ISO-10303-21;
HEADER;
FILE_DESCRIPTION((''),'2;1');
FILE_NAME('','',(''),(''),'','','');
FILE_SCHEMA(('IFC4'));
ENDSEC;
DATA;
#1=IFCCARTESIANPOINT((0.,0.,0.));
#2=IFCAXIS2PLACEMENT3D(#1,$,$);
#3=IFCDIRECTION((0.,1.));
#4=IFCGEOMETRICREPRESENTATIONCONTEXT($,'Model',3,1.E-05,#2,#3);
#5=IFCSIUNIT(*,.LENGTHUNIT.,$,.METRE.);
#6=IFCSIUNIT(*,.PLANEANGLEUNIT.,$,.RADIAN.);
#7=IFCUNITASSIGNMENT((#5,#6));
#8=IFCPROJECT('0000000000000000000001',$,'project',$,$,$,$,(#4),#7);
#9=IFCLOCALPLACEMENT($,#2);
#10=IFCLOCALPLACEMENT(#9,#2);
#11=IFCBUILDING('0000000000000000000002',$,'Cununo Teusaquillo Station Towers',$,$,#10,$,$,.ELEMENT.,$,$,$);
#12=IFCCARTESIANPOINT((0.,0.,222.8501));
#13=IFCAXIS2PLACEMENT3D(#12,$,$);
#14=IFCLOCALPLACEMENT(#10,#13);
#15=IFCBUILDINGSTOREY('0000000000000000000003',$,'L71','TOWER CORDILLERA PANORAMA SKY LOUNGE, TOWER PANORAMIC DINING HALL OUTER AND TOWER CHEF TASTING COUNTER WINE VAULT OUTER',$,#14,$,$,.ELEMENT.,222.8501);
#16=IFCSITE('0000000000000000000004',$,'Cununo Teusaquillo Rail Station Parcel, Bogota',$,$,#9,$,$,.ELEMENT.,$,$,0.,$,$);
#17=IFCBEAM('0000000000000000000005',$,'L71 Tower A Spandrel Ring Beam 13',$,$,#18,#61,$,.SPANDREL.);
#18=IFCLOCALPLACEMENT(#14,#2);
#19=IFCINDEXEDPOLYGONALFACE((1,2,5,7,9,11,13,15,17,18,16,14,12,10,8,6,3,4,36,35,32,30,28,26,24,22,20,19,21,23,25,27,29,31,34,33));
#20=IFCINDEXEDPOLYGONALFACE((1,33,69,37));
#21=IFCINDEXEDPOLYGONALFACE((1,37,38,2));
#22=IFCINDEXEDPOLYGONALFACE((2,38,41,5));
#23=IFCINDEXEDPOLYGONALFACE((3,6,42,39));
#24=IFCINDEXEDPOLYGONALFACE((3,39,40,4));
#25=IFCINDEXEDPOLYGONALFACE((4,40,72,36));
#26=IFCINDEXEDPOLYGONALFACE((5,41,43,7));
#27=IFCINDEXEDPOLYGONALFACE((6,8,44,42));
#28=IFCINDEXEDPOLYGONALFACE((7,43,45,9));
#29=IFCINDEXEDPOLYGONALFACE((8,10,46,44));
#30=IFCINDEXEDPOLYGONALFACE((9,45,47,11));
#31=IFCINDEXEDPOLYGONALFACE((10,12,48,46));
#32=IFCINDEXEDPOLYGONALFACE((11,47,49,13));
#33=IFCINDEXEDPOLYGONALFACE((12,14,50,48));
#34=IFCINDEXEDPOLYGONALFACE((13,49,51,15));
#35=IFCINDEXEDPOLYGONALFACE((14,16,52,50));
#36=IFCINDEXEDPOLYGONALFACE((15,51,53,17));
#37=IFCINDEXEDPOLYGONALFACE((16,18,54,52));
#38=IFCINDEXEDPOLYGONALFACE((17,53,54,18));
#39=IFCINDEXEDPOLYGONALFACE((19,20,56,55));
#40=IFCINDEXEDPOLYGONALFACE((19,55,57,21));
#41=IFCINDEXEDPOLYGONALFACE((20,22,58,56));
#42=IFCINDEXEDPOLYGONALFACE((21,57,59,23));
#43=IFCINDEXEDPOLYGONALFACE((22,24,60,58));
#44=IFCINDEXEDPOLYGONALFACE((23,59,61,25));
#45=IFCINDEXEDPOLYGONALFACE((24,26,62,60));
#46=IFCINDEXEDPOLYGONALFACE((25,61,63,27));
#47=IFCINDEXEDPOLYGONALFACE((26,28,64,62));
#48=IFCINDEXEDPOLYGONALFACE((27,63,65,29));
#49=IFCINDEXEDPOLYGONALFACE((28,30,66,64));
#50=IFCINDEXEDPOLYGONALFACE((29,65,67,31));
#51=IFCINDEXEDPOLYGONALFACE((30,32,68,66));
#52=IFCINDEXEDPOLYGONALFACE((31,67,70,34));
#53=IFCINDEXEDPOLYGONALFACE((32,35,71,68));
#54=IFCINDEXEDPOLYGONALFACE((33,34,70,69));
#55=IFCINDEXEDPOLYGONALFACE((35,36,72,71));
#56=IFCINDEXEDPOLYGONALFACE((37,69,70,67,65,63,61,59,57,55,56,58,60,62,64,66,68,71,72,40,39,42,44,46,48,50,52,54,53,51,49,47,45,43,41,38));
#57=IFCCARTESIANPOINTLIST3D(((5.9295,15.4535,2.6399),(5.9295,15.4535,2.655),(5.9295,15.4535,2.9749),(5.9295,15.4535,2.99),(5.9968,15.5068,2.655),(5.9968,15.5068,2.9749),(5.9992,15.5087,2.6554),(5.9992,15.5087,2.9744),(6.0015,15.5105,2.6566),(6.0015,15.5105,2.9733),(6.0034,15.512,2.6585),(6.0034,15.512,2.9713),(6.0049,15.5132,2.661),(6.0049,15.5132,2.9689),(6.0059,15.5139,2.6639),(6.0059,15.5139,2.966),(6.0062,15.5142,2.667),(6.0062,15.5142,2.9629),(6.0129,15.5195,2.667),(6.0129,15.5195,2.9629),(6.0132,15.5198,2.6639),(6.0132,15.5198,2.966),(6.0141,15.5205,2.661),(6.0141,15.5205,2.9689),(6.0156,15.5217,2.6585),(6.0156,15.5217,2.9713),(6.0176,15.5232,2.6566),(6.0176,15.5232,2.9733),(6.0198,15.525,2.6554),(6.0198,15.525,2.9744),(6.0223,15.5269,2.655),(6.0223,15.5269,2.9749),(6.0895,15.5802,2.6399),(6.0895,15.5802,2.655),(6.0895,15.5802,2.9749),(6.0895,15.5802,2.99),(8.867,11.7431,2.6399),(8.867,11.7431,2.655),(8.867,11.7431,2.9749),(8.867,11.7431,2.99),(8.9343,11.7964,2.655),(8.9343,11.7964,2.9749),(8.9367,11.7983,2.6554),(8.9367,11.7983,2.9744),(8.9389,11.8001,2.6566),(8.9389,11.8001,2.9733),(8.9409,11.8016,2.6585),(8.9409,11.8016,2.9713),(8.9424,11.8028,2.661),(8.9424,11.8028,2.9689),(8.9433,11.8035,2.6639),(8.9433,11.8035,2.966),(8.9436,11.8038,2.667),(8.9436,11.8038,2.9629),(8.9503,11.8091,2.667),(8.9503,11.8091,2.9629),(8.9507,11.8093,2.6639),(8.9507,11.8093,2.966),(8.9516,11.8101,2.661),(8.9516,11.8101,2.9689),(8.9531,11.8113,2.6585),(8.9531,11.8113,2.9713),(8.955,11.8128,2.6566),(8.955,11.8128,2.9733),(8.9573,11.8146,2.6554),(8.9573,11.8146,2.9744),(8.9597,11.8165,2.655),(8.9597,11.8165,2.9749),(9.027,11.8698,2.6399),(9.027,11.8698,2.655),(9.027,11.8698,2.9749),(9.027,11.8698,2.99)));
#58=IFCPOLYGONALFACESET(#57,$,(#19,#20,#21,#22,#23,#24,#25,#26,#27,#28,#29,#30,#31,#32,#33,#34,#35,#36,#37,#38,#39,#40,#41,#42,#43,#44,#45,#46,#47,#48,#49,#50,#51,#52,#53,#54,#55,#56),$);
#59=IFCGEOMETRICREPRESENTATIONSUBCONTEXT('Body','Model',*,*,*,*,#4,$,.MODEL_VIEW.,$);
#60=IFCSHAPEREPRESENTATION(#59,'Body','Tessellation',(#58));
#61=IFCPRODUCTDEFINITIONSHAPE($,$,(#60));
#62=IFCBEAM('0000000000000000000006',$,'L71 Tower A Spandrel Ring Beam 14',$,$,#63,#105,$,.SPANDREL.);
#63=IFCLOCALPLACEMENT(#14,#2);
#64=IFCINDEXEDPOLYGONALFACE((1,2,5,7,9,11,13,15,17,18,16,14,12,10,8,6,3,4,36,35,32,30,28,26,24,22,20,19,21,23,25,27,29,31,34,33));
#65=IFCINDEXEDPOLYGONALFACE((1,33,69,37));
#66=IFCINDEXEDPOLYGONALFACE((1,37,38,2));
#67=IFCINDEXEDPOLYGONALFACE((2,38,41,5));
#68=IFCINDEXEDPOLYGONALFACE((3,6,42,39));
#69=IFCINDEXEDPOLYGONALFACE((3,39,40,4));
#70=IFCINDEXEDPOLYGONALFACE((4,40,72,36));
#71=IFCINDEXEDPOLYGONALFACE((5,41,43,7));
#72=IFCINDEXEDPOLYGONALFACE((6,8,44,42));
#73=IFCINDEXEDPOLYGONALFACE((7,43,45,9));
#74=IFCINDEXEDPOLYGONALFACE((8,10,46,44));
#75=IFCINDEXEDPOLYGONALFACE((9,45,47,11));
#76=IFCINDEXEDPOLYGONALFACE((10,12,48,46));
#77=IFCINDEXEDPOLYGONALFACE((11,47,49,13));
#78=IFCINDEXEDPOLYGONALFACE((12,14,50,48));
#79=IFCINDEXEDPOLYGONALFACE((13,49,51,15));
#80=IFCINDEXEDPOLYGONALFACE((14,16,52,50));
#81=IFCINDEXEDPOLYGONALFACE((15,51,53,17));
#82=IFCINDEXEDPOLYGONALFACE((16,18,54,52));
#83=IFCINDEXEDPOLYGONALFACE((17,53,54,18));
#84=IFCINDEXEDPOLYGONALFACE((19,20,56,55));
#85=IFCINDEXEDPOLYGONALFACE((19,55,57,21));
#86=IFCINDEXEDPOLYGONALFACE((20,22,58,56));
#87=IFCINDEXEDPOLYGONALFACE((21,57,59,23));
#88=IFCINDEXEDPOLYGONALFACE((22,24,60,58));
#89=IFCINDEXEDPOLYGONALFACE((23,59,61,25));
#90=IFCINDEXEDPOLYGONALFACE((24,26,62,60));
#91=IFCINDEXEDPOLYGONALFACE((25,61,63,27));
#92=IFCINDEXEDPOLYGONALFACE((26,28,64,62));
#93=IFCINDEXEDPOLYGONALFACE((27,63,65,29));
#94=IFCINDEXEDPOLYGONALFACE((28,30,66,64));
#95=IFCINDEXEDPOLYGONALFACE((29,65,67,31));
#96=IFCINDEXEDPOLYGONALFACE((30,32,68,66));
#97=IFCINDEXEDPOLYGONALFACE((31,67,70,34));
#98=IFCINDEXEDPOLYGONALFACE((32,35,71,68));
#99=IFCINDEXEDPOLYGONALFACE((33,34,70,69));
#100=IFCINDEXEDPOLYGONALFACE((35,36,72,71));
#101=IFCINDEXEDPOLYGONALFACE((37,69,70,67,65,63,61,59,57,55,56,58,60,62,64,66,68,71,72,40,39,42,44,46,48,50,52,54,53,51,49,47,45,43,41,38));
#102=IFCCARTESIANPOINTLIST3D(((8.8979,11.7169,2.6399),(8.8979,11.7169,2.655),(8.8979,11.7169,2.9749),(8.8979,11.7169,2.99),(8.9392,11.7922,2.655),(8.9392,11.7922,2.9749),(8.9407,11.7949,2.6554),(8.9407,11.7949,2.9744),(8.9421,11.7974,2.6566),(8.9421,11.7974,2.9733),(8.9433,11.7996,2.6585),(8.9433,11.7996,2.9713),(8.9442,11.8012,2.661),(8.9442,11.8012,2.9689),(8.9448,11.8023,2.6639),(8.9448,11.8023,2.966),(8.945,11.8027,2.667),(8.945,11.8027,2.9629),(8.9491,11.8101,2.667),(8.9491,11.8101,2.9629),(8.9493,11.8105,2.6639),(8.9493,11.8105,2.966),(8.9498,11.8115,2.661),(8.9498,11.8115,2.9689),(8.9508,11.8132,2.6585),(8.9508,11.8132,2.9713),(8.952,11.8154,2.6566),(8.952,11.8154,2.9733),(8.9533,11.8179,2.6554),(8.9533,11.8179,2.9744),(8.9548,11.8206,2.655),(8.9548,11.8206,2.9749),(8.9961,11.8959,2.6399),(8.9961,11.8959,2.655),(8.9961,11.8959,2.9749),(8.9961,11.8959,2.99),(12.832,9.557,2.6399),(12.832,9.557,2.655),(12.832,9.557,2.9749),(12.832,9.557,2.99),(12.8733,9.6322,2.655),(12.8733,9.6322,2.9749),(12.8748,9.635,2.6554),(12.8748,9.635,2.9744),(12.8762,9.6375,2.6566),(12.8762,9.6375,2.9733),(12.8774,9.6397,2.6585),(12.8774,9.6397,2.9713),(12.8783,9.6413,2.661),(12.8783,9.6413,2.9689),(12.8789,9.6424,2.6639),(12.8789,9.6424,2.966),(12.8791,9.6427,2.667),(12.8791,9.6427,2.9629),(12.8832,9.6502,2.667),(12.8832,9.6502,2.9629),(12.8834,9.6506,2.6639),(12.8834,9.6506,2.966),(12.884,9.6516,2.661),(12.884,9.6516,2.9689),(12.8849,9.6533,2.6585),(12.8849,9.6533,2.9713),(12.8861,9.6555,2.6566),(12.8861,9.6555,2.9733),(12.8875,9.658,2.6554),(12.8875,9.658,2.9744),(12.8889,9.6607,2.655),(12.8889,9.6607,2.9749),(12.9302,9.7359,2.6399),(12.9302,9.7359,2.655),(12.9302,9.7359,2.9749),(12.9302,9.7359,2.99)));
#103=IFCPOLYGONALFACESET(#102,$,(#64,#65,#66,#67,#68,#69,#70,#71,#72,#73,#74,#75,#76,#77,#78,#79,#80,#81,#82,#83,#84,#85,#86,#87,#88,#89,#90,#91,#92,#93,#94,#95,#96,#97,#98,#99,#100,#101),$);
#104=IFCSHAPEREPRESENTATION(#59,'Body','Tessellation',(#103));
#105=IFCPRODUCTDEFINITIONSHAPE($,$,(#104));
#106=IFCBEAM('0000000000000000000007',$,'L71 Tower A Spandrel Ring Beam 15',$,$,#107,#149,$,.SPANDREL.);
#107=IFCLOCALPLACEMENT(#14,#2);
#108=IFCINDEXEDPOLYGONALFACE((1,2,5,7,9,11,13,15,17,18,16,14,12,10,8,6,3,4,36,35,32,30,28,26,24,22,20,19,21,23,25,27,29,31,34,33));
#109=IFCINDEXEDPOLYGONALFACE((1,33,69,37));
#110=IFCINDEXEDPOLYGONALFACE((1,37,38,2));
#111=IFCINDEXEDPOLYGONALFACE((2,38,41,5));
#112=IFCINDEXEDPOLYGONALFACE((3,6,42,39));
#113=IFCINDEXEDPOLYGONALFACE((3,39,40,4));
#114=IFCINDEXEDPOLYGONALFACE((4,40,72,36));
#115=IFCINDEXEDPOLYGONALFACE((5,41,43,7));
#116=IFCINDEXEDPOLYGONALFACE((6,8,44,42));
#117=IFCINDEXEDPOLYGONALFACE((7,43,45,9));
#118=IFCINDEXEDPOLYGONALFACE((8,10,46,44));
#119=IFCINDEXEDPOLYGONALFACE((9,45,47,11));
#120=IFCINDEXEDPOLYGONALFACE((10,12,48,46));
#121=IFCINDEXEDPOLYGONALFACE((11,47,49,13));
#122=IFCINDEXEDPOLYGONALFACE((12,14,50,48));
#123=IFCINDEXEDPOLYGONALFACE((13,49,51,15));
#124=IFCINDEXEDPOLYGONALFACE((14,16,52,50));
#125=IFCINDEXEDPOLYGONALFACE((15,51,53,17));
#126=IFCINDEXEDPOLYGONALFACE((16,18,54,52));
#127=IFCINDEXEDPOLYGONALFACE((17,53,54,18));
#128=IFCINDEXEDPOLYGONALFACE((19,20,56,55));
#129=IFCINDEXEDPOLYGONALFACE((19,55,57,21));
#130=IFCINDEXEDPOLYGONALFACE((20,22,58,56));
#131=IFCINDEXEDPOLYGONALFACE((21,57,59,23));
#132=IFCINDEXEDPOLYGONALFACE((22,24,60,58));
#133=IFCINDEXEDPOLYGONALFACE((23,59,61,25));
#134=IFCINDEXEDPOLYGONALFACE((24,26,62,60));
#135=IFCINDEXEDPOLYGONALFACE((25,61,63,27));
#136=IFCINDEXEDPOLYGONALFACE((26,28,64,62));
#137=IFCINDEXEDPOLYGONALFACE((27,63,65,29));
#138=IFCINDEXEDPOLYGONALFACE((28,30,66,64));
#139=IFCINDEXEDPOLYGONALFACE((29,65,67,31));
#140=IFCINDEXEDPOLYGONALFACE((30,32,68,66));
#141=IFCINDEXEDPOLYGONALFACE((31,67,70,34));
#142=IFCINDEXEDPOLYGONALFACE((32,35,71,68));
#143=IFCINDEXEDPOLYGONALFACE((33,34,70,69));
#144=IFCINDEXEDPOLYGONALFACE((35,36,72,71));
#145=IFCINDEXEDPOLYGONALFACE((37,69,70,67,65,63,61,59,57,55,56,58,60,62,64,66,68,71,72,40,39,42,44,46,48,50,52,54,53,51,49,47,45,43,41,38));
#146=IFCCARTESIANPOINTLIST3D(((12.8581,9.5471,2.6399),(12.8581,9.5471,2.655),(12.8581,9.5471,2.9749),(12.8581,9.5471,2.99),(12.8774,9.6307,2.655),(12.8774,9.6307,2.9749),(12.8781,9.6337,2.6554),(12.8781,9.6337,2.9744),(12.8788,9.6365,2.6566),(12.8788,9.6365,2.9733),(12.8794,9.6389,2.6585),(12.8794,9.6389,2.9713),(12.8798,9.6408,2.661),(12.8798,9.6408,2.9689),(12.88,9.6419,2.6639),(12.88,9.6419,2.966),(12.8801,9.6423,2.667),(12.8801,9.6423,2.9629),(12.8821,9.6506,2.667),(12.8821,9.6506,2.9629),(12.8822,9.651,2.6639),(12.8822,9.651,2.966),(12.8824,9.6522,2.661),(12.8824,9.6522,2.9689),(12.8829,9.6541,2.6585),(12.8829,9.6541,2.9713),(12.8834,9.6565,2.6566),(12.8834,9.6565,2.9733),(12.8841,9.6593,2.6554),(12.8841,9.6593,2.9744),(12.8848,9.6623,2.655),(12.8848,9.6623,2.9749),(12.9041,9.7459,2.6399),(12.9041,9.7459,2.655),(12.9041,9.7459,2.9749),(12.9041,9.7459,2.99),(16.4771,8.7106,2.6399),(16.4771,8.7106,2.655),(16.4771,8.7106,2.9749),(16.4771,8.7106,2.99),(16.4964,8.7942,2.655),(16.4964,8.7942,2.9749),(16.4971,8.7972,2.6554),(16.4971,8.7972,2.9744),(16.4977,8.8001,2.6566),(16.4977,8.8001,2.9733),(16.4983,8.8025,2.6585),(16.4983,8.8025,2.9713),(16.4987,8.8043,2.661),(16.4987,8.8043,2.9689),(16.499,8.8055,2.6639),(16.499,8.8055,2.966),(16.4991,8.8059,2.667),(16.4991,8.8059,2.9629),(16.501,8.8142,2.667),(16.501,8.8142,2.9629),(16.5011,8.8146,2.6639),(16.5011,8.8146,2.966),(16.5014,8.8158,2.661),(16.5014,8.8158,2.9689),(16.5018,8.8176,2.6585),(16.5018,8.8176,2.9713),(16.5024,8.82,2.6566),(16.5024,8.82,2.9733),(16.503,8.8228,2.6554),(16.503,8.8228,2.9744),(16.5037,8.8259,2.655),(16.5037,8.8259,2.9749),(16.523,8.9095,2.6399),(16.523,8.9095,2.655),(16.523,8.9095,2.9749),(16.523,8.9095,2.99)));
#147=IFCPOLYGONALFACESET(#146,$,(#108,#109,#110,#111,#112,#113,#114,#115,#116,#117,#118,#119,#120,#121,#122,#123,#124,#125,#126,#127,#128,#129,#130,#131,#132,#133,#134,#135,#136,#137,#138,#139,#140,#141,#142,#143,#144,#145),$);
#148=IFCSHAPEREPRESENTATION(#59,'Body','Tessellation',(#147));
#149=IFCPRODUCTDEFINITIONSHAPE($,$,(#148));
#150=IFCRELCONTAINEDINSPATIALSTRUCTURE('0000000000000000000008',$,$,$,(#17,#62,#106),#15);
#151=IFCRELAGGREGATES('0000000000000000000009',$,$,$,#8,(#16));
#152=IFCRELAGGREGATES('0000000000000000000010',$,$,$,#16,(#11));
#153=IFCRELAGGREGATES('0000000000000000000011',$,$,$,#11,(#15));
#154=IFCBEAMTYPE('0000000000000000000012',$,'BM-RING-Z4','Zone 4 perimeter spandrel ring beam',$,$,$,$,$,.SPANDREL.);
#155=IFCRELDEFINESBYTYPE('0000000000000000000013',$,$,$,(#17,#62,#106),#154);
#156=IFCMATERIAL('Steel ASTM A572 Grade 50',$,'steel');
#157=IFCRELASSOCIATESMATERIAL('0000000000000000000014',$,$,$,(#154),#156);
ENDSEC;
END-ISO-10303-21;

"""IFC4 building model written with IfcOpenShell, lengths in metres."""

from ifc_helpers import new_model, si_unit, direction, frame, origin, origin_2d, place, context, subcontext, project, spatial, i_section, extrude, material, material_profile, profile_set, type_object, element, save


model = new_model("IFC4")

# Units and contexts
model_context = context("Model", 3, precision=1e-05, world=origin(), true_north=direction((0.0, 1.0)))
body_context = subcontext(model_context, "Body", "Model", "MODEL_VIEW")
ifc_project = project(units=[si_unit("LENGTHUNIT", "METRE"), si_unit("PLANEANGLEUNIT", "RADIAN")], contexts=[model_context])

# Site, building, storey
site_placement = place(None, origin())
site = spatial("IfcSite", under=ifc_project, at=site_placement, Name="Cununo Teusaquillo Rail Station Parcel, Bogota", CompositionType="ELEMENT", RefElevation=0.0)
building_placement = place(site_placement, origin())
building = spatial("IfcBuilding", under=site, at=building_placement, Name="Cununo Teusaquillo Station Towers", CompositionType="ELEMENT")
storey_placement = place(building_placement, frame((0.0, 0.0, 222.8501)))
storey = spatial("IfcBuildingStorey", under=building, at=storey_placement, Name="L71", Description="TOWER CORDILLERA PANORAMA SKY LOUNGE, TOWER PANORAMIC DINING HALL OUTER AND TOWER CHEF TASTING COUNTER WINE VAULT OUTER", CompositionType="ELEMENT", Elevation=222.8501)

# Beams
ifc_material_1 = material(Name="Steel ASTM A572 Grade 50", Category="steel")
ifc_material_profile_1 = material_profile(ifc_material_1, i_section(OverallWidth=0.2041, OverallDepth=0.3501, WebThickness=0.0085, FlangeThickness=0.0151, FilletRadius=0.012, at=origin_2d()), Name="W14X48")
ifc_profile_set_1 = profile_set([ifc_material_profile_1], Name="Steel ASTM A572 Grade 50")
beam_type = type_object("IfcBeamType", Name="BM-RING-Z4", Description="Zone 4 perimeter spandrel ring beam", PredefinedType="SPANDREL", material=ifc_profile_set_1)
beam_1_placement = place(storey_placement, frame((6.0095, 15.5168, 2.8149), z_axis=(0.620711, -0.78404, 0.0), x_axis=(0.78404, 0.620711, 0.0)))
element("IfcBeam", 1, at=beam_1_placement, inside=storey, type_object=beam_type, Name="L71 Tower A Spandrel Ring Beam 13", PredefinedType="SPANDREL", context=body_context, shape_type="SweptSolid", body=[
    extrude(i_section(OverallWidth=0.2041, OverallDepth=0.3501, WebThickness=0.0085, FlangeThickness=0.0151, FilletRadius=0.012, at=origin_2d()), origin(), (0.0, 0.0, 1.0), 4.7324),
])
beam_2_placement = place(storey_placement, frame((8.947, 11.8064, 2.8149), z_axis=(0.876576, -0.481263, 0.0), x_axis=(0.481263, 0.876576, 0.0)))
element("IfcBeam", 2, at=beam_2_placement, inside=storey, type_object=beam_type, Name="L71 Tower A Spandrel Ring Beam 14", PredefinedType="SPANDREL", context=body_context, shape_type="SweptSolid", body=[
    extrude(i_section(OverallWidth=0.2041, OverallDepth=0.3501, WebThickness=0.0085, FlangeThickness=0.0151, FilletRadius=0.012, at=origin_2d()), origin(), (0.0, 0.0, 1.0), 4.488),
])
beam_3_placement = place(storey_placement, frame((12.8811, 9.6465, 2.8149), z_axis=(0.974315, -0.225191, 0.0), x_axis=(0.225191, 0.974315, 0.0)))
element("IfcBeam", 3, at=beam_3_placement, inside=storey, type_object=beam_type, Name="L71 Tower A Spandrel Ring Beam 15", PredefinedType="SPANDREL", context=body_context, shape_type="SweptSolid", body=[
    extrude(i_section(OverallWidth=0.2041, OverallDepth=0.3501, WebThickness=0.0085, FlangeThickness=0.0151, FilletRadius=0.012, at=origin_2d()), origin(), (0.0, 0.0, 1.0), 3.7144),
])

save(model, "model.ifc")
